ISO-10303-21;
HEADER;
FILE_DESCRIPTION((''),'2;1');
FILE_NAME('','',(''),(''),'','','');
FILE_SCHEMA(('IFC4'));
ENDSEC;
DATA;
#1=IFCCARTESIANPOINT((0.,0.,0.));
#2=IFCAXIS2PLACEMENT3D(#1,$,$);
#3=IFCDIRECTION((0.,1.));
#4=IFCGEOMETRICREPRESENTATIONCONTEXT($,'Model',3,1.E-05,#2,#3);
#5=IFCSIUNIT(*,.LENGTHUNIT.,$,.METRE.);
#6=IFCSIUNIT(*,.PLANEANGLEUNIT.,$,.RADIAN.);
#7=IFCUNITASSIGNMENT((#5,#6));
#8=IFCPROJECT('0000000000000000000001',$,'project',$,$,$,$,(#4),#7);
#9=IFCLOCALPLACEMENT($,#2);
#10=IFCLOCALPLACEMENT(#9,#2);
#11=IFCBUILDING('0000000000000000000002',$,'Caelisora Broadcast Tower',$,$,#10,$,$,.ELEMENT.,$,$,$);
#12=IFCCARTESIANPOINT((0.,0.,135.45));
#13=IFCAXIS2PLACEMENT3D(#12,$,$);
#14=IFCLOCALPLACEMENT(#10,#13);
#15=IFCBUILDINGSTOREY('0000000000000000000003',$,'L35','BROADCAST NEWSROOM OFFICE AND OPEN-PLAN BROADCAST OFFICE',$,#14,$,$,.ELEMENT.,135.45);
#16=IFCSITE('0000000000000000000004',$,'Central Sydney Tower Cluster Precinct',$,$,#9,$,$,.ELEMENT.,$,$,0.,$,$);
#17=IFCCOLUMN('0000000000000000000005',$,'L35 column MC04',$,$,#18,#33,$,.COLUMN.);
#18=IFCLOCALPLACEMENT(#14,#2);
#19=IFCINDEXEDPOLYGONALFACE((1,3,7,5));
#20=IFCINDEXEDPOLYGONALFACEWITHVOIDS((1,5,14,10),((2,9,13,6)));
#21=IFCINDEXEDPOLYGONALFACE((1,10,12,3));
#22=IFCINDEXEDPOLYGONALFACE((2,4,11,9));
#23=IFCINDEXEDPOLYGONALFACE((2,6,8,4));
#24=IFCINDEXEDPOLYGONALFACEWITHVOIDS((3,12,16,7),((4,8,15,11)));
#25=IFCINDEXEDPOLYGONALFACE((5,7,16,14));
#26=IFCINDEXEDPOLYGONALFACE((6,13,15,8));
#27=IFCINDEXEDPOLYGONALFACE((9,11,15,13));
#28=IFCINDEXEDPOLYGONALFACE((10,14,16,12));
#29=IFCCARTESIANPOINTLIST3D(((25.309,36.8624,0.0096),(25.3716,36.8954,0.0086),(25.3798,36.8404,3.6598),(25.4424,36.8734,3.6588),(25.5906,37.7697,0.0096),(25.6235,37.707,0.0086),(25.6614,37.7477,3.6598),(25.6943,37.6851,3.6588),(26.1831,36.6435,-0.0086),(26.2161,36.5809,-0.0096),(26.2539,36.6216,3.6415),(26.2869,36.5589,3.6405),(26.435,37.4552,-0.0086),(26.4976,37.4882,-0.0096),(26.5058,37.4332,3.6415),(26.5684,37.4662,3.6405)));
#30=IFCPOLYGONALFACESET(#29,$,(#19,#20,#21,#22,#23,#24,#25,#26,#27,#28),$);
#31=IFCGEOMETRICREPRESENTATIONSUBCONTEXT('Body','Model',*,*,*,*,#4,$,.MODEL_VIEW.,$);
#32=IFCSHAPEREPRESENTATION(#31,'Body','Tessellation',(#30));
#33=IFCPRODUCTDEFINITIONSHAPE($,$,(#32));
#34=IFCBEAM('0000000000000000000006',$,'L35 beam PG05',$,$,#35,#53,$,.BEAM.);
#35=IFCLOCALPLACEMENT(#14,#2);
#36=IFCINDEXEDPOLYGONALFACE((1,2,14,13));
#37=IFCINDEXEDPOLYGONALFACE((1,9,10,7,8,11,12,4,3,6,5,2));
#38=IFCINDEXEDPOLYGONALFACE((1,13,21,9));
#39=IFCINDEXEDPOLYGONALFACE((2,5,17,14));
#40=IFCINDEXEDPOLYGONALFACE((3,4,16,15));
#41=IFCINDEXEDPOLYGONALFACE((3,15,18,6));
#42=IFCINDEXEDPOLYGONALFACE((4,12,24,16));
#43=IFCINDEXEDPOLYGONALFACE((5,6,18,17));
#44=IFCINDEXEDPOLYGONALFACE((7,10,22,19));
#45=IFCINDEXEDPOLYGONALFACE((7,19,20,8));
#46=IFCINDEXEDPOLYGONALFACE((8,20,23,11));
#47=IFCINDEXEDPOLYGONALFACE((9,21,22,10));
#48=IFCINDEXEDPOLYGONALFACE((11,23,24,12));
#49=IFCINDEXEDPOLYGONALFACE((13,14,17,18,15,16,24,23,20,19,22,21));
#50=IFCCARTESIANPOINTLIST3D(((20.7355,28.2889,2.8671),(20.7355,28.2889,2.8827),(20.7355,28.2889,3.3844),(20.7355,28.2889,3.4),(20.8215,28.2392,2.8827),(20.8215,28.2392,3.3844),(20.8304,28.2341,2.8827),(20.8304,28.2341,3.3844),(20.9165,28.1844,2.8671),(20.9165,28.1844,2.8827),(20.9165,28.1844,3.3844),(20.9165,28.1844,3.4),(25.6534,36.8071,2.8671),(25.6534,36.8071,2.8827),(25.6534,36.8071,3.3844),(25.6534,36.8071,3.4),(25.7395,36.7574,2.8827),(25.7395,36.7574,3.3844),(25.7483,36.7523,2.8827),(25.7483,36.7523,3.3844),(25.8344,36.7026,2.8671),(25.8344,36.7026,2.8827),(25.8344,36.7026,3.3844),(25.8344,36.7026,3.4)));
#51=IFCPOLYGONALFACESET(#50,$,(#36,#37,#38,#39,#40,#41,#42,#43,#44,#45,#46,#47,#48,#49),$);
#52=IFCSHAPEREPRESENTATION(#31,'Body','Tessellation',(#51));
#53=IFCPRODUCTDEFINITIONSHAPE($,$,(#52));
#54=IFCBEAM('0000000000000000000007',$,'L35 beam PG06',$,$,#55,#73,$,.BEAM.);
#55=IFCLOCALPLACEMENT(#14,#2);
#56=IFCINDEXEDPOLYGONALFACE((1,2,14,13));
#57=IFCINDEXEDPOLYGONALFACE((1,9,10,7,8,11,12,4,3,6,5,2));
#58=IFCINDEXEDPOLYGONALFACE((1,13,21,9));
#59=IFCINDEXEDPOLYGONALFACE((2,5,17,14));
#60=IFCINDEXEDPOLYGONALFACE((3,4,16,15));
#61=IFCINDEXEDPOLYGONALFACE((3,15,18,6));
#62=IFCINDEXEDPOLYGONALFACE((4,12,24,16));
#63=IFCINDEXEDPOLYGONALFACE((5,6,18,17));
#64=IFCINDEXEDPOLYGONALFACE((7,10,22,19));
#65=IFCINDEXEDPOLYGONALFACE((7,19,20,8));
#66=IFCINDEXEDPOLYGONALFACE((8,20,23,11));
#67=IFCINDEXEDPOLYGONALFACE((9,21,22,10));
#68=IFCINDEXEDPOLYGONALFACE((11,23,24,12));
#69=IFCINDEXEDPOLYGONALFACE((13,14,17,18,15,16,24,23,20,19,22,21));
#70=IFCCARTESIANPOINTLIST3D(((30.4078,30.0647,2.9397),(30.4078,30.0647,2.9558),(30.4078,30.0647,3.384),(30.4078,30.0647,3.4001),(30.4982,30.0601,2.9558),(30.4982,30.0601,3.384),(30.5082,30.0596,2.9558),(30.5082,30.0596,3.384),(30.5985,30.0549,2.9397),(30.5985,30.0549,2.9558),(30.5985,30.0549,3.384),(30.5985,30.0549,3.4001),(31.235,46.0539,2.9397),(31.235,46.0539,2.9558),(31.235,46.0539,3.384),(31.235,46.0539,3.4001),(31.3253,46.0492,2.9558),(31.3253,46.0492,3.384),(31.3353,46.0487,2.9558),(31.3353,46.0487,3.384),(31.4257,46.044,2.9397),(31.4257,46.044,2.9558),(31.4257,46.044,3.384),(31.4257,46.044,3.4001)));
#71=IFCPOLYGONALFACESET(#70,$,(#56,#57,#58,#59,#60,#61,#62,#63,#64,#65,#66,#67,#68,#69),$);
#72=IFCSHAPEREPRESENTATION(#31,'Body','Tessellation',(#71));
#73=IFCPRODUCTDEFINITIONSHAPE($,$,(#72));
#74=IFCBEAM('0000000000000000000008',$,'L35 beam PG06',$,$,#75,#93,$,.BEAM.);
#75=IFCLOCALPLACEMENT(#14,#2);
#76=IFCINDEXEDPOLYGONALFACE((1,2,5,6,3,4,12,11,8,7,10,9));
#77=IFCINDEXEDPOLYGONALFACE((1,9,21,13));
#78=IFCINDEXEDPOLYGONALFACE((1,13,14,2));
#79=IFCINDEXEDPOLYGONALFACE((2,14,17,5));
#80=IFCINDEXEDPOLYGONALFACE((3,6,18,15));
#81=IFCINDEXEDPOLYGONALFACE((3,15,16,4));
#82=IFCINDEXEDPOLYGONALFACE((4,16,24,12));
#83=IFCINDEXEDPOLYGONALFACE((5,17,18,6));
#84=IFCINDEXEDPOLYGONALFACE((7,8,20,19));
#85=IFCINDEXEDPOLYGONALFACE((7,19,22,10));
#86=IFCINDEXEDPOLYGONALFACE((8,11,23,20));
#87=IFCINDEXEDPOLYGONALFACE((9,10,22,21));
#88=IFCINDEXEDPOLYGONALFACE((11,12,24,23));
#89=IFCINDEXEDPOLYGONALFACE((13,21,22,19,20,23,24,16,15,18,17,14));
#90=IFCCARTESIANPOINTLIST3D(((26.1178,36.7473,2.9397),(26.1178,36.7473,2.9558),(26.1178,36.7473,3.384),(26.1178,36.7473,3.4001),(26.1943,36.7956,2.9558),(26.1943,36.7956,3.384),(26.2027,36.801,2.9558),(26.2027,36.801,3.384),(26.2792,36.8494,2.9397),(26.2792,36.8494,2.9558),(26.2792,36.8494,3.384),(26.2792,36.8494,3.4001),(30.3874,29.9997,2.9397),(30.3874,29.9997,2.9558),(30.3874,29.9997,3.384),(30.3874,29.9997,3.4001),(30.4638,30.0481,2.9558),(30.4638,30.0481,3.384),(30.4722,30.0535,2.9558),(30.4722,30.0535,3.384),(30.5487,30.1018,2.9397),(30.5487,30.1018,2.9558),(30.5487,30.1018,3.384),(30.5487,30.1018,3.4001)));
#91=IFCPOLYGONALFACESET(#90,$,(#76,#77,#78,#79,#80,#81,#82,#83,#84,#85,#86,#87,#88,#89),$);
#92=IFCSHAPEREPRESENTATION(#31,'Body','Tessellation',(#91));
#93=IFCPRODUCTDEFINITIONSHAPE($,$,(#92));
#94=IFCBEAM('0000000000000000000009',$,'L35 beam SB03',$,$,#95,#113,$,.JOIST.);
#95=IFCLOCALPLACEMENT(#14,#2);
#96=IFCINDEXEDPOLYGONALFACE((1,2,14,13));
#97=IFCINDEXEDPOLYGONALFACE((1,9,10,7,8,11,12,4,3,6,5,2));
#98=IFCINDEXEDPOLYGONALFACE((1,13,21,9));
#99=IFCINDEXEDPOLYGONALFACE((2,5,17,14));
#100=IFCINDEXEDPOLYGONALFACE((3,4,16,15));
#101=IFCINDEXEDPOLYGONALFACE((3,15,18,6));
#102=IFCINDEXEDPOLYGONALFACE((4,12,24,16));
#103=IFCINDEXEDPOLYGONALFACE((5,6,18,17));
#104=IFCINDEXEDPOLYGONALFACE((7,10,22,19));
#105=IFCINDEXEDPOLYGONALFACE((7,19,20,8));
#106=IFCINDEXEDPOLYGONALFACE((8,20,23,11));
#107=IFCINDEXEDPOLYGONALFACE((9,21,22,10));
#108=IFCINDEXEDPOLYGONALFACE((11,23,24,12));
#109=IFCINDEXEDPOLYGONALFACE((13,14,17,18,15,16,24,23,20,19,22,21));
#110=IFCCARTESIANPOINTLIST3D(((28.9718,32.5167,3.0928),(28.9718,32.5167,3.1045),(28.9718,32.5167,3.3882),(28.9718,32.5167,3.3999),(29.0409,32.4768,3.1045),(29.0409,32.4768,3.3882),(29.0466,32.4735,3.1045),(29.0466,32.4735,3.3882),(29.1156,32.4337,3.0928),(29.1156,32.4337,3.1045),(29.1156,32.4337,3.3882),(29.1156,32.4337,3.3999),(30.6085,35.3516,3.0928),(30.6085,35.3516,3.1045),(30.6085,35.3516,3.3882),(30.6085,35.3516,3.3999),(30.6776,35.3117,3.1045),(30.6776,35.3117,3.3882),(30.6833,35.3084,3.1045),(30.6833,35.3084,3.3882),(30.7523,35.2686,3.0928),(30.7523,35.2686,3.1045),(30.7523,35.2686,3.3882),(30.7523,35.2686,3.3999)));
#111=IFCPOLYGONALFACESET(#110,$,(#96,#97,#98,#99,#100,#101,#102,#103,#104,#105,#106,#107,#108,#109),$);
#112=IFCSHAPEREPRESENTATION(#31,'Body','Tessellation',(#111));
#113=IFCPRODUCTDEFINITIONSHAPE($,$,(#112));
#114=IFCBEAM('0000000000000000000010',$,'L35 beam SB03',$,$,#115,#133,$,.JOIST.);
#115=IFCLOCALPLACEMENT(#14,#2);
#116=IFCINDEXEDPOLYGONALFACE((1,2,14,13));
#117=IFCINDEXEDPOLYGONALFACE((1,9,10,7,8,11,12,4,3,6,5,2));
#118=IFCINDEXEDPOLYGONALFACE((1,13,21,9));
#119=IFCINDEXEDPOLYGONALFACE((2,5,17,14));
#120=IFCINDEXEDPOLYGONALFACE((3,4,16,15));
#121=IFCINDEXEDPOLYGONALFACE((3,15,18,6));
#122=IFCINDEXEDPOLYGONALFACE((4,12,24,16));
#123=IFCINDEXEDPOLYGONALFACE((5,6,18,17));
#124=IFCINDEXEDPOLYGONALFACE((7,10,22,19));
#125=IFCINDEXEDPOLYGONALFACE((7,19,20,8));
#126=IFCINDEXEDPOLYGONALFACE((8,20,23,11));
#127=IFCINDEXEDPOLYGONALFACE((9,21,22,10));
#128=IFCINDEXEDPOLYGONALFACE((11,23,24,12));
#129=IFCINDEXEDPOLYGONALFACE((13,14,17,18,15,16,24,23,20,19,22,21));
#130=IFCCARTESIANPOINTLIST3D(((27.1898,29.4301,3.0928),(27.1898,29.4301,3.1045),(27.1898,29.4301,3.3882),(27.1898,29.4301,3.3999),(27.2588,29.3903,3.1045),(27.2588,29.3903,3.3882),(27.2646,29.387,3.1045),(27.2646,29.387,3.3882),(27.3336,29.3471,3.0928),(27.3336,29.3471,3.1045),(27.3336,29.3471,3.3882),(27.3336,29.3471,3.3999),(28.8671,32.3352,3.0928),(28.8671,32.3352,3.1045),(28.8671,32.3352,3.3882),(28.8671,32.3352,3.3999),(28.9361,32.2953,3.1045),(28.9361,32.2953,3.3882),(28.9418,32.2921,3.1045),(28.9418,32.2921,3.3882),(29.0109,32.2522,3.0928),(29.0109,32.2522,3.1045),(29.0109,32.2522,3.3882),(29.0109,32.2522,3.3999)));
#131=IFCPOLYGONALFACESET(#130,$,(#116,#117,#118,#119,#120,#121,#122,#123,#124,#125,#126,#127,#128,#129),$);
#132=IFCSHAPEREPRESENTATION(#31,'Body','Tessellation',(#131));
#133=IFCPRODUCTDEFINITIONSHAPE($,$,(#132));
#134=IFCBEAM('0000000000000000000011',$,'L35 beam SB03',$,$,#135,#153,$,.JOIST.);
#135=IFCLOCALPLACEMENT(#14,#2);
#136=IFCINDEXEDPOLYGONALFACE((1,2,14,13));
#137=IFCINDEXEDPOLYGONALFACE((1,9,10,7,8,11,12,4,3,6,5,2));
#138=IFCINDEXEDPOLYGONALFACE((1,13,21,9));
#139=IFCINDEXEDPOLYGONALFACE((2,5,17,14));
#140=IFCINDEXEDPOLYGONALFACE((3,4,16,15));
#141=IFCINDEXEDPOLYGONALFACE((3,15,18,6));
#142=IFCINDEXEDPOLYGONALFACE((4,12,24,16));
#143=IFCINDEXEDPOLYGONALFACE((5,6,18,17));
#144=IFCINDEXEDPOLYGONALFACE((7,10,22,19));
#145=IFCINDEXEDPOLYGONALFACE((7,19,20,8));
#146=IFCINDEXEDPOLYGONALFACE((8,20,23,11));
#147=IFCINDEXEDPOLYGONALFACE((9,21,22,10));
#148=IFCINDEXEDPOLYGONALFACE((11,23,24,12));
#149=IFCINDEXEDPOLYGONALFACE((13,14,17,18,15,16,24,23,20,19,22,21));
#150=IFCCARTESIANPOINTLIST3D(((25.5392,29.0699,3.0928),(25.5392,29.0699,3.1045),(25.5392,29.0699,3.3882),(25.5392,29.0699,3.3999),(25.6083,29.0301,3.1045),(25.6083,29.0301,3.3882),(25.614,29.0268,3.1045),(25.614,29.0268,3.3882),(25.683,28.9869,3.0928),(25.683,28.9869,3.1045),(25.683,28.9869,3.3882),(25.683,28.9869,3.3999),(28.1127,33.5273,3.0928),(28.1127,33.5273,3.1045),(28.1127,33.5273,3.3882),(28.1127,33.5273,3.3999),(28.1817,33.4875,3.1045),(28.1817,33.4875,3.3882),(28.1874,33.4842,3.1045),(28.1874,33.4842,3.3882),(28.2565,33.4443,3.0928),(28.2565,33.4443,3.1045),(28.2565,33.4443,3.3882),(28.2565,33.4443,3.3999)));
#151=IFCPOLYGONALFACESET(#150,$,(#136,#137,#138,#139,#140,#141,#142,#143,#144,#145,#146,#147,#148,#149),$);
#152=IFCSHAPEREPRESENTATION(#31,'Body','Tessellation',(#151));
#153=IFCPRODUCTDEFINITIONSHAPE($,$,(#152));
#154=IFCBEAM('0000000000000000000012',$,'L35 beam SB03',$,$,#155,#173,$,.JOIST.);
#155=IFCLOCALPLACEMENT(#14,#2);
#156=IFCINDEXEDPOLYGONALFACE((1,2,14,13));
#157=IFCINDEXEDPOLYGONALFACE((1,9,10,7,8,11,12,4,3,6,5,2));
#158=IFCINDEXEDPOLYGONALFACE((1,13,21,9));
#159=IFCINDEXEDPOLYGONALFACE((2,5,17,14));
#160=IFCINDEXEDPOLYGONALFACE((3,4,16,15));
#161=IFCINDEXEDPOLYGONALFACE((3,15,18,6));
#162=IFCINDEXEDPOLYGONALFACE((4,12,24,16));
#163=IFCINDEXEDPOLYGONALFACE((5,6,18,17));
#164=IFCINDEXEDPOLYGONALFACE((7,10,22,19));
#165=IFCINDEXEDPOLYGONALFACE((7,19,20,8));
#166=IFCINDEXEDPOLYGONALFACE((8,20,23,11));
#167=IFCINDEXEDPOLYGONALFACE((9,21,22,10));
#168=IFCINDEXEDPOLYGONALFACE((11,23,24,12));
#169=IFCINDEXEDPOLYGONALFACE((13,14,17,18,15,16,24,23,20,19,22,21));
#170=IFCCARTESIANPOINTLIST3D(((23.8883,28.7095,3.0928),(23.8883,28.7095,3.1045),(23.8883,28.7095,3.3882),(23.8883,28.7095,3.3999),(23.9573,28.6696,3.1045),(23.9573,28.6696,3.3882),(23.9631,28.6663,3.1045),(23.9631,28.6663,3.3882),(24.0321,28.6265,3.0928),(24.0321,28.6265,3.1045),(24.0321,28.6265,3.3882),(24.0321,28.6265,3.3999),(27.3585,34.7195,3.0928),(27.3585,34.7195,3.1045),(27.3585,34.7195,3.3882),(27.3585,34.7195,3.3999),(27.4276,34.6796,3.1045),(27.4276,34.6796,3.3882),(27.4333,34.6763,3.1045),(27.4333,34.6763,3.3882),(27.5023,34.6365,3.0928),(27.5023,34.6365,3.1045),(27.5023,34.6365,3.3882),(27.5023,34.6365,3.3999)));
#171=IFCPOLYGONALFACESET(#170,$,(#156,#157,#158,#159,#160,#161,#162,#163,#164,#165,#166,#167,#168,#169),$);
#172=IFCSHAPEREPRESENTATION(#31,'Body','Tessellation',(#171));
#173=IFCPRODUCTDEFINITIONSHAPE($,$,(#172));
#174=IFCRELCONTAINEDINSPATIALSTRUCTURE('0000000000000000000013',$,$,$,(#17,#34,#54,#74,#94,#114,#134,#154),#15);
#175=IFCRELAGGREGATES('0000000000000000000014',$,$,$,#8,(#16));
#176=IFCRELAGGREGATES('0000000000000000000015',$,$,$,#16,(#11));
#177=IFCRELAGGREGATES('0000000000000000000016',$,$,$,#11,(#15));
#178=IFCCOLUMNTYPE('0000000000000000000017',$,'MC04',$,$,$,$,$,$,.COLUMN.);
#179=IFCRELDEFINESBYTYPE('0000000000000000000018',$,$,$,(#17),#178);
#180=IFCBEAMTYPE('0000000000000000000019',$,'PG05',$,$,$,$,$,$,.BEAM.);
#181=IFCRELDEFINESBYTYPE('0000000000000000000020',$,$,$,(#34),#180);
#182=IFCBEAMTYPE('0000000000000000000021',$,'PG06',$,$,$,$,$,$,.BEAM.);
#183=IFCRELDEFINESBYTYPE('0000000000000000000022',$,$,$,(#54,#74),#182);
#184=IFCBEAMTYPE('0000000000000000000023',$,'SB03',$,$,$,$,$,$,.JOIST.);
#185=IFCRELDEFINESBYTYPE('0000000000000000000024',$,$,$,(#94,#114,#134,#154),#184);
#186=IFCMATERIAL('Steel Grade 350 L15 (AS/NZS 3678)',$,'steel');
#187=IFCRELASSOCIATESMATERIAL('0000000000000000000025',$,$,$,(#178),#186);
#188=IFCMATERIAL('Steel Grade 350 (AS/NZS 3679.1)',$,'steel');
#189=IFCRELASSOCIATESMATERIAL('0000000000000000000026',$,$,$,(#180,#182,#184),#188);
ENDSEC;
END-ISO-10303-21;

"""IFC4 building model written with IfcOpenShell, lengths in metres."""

from ifc_helpers import new_model, si_unit, direction, frame, origin, origin_2d, place, context, subcontext, project, spatial, hollow_rectangle, i_section, extrude, source, transform, mapped, material, material_profile, profile_set, type_object, type_shapes, element, save


model = new_model("IFC4")

# Units and contexts
model_context = context("Model", 3, precision=1e-05, world=origin(), true_north=direction((0.0, 1.0)))
body_context = subcontext(model_context, "Body", "Model", "MODEL_VIEW")
ifc_project = project(units=[si_unit("LENGTHUNIT", "METRE"), si_unit("PLANEANGLEUNIT", "RADIAN")], contexts=[model_context])

# Site, building, storey
site_placement = place(None, origin())
site = spatial("IfcSite", under=ifc_project, at=site_placement, Name="Central Sydney Tower Cluster Precinct", CompositionType="ELEMENT", RefElevation=0.0)
building_placement = place(site_placement, origin())
building = spatial("IfcBuilding", under=site, at=building_placement, Name="Caelisora Broadcast Tower", CompositionType="ELEMENT")
storey_placement = place(building_placement, frame((0.0, 0.0, 135.45)))
storey = spatial("IfcBuildingStorey", under=building, at=storey_placement, Name="L35", Description="BROADCAST NEWSROOM OFFICE AND OPEN-PLAN BROADCAST OFFICE", CompositionType="ELEMENT", Elevation=135.45)

# Column
ifc_material_1 = material(Name="Steel Grade 350 L15 (AS/NZS 3678)", Category="steel")
ifc_material_profile_1 = material_profile(ifc_material_1, hollow_rectangle(XDim=0.95, YDim=0.95, WallThickness=0.05, at=origin_2d()), Name="Steel Grade 350 L15 (AS/NZS 3678)")
ifc_profile_set_1 = profile_set([ifc_material_profile_1], Name="Steel Grade 350 L15 (AS/NZS 3678)")
column_type = type_object("IfcColumnType", Name="MC04", PredefinedType="COLUMN", material=ifc_profile_set_1)
shared_shape_1 = source(origin(), body_context, "Body", "SweptSolid", [
    extrude(hollow_rectangle(XDim=0.95, YDim=0.95, WallThickness=0.05, at=origin_2d()), origin(), (0.0, 0.0, 1.0), 3.6509),
])
type_shapes(column_type, [shared_shape_1])
column_placement = place(storey_placement, frame((25.9033, 37.1753, 0.0), z_axis=(0.019393, -0.006018, 0.999794), x_axis=(0.296399, 0.955064, 0.0)))
element("IfcColumn", 1, at=column_placement, inside=storey, type_object=column_type, Name="L35 column MC04", PredefinedType="COLUMN", context=body_context, shape_type="MappedRepresentation", body=[
    mapped(shared_shape_1, transform((0.0, 0.0, 0.0), scale=1.0)),
])

# Beams
ifc_material_2 = material(Name="Steel Grade 350 (AS/NZS 3679.1)", Category="steel")
ifc_material_profile_2 = material_profile(ifc_material_2, i_section(OverallWidth=0.209, OverallDepth=0.533, WebThickness=0.0103, FlangeThickness=0.0156, at=origin_2d()), Name="Steel Grade 350 (AS/NZS 3679.1)")
ifc_profile_set_2 = profile_set([ifc_material_profile_2], Name="Steel Grade 350 (AS/NZS 3679.1)")
beam_type_1 = type_object("IfcBeamType", Name="PG05", PredefinedType="BEAM", material=ifc_profile_set_2)
shared_shape_2 = source(origin(), body_context, "Body", "SweptSolid", [
    extrude(i_section(OverallWidth=0.209, OverallDepth=0.533, WebThickness=0.0103, FlangeThickness=0.0156, at=origin_2d()), origin(), (0.0, 0.0, 1.0), 9.8359),
])
type_shapes(beam_type_1, [shared_shape_2])
beam_1_placement = place(storey_placement, frame((25.7439, 36.7549, 3.1335), z_axis=(-0.499994, -0.866029, 0.0), x_axis=(0.866029, -0.499994, 0.0)))
element("IfcBeam", 2, at=beam_1_placement, inside=storey, type_object=beam_type_1, Name="L35 beam PG05", PredefinedType="BEAM", context=body_context, shape_type="MappedRepresentation", body=[
    mapped(shared_shape_2, transform((0.0, 0.0, 0.0), scale=1.0)),
])
ifc_material_profile_3 = material_profile(ifc_material_2, i_section(OverallWidth=0.1909, OverallDepth=0.4604, WebThickness=0.01, FlangeThickness=0.0161, at=origin_2d()), Name="Steel Grade 350 (AS/NZS 3679.1)")
ifc_profile_set_3 = profile_set([ifc_material_profile_3], Name="Steel Grade 350 (AS/NZS 3679.1)")
beam_type_2 = type_object("IfcBeamType", Name="PG06", PredefinedType="BEAM", material=ifc_profile_set_3)
shared_shape_3 = source(origin(), body_context, "Body", "SweptSolid", [
    extrude(i_section(OverallWidth=0.1909, OverallDepth=0.4604, WebThickness=0.01, FlangeThickness=0.0161, at=origin_2d()), origin(), (0.0, 0.0, 1.0), 16.0105),
])
beam_2_placement = place(storey_placement, frame((30.5032, 30.0598, 3.1699), z_axis=(0.051663, 0.998665, 0.0), x_axis=(-0.998665, 0.051663, 0.0)))
element("IfcBeam", 3, at=beam_2_placement, inside=storey, type_object=beam_type_2, Name="L35 beam PG06", PredefinedType="BEAM", context=body_context, shape_type="MappedRepresentation", body=[
    mapped(shared_shape_3, transform((0.0, 0.0, 0.0), scale=1.0)),
])
shared_shape_4 = source(origin(), body_context, "Body", "SweptSolid", [
    extrude(i_section(OverallWidth=0.1909, OverallDepth=0.4604, WebThickness=0.01, FlangeThickness=0.0161, at=origin_2d()), origin(), (0.0, 0.0, 1.0), 7.9849),
])
type_shapes(beam_type_2, [shared_shape_3, shared_shape_4])
beam_3_placement = place(storey_placement, frame((30.468, 30.0508, 3.1699), z_axis=(-0.534701, 0.845041, 0.0), x_axis=(-0.845041, -0.534701, 0.0)))
element("IfcBeam", 4, at=beam_3_placement, inside=storey, type_object=beam_type_2, Name="L35 beam PG06", PredefinedType="BEAM", context=body_context, shape_type="MappedRepresentation", body=[
    mapped(shared_shape_4, transform((0.0, 0.0, 0.0), scale=1.0)),
])
ifc_material_profile_4 = material_profile(ifc_material_2, i_section(OverallWidth=0.166, OverallDepth=0.3071, WebThickness=0.0066, FlangeThickness=0.0117, at=origin_2d()), Name="Steel Grade 350 (AS/NZS 3679.1)")
ifc_profile_set_4 = profile_set([ifc_material_profile_4], Name="Steel Grade 350 (AS/NZS 3679.1)")
beam_type_3 = type_object("IfcBeamType", Name="SB03", PredefinedType="JOIST", material=ifc_profile_set_4)
shared_shape_5 = source(origin(), body_context, "Body", "SweptSolid", [
    extrude(i_section(OverallWidth=0.166, OverallDepth=0.3071, WebThickness=0.0066, FlangeThickness=0.0117, at=origin_2d()), origin(), (0.0, 0.0, 1.0), 3.2734),
])
beam_4_placement = place(storey_placement, frame((30.6804, 35.3101, 3.2463), z_axis=(-0.499989, -0.866032, 0.0), x_axis=(0.866032, -0.499989, 0.0)))
element("IfcBeam", 5, at=beam_4_placement, inside=storey, type_object=beam_type_3, Name="L35 beam SB03", PredefinedType="JOIST", context=body_context, shape_type="MappedRepresentation", body=[
    mapped(shared_shape_5, transform((0.0, 0.0, 0.0), scale=1.0)),
])
shared_shape_6 = source(origin(), body_context, "Body", "SweptSolid", [
    extrude(i_section(OverallWidth=0.166, OverallDepth=0.3071, WebThickness=0.0066, FlangeThickness=0.0117, at=origin_2d()), origin(), (0.0, 0.0, 1.0), 3.3545),
])
beam_5_placement = place(storey_placement, frame((28.939, 32.2937, 3.2463), z_axis=(-0.500006, -0.866022, 0.0), x_axis=(0.866022, -0.500006, 0.0)))
element("IfcBeam", 6, at=beam_5_placement, inside=storey, type_object=beam_type_3, Name="L35 beam SB03", PredefinedType="JOIST", context=body_context, shape_type="MappedRepresentation", body=[
    mapped(shared_shape_6, transform((0.0, 0.0, 0.0), scale=1.0)),
])
shared_shape_7 = source(origin(), body_context, "Body", "SweptSolid", [
    extrude(i_section(OverallWidth=0.166, OverallDepth=0.3071, WebThickness=0.0066, FlangeThickness=0.0117, at=origin_2d()), origin(), (0.0, 0.0, 1.0), 5.147),
])
beam_6_placement = place(storey_placement, frame((28.1846, 33.4858, 3.2463), z_axis=(-0.499991, -0.866031, 0.0), x_axis=(0.866031, -0.499991, 0.0)))
element("IfcBeam", 7, at=beam_6_placement, inside=storey, type_object=beam_type_3, Name="L35 beam SB03", PredefinedType="JOIST", context=body_context, shape_type="MappedRepresentation", body=[
    mapped(shared_shape_7, transform((0.0, 0.0, 0.0), scale=1.0)),
])
shared_shape_8 = source(origin(), body_context, "Body", "SweptSolid", [
    extrude(i_section(OverallWidth=0.166, OverallDepth=0.3071, WebThickness=0.0066, FlangeThickness=0.0117, at=origin_2d()), origin(), (0.0, 0.0, 1.0), 6.9399),
])
beam_7_placement = place(storey_placement, frame((27.4304, 34.678, 3.2463), z_axis=(-0.500036, -0.866005, 0.0), x_axis=(0.866005, -0.500036, 0.0)))
element("IfcBeam", 8, at=beam_7_placement, inside=storey, type_object=beam_type_3, Name="L35 beam SB03", PredefinedType="JOIST", context=body_context, shape_type="MappedRepresentation", body=[
    mapped(shared_shape_8, transform((0.0, 0.0, 0.0), scale=1.0)),
])

save(model, "model.ifc")
